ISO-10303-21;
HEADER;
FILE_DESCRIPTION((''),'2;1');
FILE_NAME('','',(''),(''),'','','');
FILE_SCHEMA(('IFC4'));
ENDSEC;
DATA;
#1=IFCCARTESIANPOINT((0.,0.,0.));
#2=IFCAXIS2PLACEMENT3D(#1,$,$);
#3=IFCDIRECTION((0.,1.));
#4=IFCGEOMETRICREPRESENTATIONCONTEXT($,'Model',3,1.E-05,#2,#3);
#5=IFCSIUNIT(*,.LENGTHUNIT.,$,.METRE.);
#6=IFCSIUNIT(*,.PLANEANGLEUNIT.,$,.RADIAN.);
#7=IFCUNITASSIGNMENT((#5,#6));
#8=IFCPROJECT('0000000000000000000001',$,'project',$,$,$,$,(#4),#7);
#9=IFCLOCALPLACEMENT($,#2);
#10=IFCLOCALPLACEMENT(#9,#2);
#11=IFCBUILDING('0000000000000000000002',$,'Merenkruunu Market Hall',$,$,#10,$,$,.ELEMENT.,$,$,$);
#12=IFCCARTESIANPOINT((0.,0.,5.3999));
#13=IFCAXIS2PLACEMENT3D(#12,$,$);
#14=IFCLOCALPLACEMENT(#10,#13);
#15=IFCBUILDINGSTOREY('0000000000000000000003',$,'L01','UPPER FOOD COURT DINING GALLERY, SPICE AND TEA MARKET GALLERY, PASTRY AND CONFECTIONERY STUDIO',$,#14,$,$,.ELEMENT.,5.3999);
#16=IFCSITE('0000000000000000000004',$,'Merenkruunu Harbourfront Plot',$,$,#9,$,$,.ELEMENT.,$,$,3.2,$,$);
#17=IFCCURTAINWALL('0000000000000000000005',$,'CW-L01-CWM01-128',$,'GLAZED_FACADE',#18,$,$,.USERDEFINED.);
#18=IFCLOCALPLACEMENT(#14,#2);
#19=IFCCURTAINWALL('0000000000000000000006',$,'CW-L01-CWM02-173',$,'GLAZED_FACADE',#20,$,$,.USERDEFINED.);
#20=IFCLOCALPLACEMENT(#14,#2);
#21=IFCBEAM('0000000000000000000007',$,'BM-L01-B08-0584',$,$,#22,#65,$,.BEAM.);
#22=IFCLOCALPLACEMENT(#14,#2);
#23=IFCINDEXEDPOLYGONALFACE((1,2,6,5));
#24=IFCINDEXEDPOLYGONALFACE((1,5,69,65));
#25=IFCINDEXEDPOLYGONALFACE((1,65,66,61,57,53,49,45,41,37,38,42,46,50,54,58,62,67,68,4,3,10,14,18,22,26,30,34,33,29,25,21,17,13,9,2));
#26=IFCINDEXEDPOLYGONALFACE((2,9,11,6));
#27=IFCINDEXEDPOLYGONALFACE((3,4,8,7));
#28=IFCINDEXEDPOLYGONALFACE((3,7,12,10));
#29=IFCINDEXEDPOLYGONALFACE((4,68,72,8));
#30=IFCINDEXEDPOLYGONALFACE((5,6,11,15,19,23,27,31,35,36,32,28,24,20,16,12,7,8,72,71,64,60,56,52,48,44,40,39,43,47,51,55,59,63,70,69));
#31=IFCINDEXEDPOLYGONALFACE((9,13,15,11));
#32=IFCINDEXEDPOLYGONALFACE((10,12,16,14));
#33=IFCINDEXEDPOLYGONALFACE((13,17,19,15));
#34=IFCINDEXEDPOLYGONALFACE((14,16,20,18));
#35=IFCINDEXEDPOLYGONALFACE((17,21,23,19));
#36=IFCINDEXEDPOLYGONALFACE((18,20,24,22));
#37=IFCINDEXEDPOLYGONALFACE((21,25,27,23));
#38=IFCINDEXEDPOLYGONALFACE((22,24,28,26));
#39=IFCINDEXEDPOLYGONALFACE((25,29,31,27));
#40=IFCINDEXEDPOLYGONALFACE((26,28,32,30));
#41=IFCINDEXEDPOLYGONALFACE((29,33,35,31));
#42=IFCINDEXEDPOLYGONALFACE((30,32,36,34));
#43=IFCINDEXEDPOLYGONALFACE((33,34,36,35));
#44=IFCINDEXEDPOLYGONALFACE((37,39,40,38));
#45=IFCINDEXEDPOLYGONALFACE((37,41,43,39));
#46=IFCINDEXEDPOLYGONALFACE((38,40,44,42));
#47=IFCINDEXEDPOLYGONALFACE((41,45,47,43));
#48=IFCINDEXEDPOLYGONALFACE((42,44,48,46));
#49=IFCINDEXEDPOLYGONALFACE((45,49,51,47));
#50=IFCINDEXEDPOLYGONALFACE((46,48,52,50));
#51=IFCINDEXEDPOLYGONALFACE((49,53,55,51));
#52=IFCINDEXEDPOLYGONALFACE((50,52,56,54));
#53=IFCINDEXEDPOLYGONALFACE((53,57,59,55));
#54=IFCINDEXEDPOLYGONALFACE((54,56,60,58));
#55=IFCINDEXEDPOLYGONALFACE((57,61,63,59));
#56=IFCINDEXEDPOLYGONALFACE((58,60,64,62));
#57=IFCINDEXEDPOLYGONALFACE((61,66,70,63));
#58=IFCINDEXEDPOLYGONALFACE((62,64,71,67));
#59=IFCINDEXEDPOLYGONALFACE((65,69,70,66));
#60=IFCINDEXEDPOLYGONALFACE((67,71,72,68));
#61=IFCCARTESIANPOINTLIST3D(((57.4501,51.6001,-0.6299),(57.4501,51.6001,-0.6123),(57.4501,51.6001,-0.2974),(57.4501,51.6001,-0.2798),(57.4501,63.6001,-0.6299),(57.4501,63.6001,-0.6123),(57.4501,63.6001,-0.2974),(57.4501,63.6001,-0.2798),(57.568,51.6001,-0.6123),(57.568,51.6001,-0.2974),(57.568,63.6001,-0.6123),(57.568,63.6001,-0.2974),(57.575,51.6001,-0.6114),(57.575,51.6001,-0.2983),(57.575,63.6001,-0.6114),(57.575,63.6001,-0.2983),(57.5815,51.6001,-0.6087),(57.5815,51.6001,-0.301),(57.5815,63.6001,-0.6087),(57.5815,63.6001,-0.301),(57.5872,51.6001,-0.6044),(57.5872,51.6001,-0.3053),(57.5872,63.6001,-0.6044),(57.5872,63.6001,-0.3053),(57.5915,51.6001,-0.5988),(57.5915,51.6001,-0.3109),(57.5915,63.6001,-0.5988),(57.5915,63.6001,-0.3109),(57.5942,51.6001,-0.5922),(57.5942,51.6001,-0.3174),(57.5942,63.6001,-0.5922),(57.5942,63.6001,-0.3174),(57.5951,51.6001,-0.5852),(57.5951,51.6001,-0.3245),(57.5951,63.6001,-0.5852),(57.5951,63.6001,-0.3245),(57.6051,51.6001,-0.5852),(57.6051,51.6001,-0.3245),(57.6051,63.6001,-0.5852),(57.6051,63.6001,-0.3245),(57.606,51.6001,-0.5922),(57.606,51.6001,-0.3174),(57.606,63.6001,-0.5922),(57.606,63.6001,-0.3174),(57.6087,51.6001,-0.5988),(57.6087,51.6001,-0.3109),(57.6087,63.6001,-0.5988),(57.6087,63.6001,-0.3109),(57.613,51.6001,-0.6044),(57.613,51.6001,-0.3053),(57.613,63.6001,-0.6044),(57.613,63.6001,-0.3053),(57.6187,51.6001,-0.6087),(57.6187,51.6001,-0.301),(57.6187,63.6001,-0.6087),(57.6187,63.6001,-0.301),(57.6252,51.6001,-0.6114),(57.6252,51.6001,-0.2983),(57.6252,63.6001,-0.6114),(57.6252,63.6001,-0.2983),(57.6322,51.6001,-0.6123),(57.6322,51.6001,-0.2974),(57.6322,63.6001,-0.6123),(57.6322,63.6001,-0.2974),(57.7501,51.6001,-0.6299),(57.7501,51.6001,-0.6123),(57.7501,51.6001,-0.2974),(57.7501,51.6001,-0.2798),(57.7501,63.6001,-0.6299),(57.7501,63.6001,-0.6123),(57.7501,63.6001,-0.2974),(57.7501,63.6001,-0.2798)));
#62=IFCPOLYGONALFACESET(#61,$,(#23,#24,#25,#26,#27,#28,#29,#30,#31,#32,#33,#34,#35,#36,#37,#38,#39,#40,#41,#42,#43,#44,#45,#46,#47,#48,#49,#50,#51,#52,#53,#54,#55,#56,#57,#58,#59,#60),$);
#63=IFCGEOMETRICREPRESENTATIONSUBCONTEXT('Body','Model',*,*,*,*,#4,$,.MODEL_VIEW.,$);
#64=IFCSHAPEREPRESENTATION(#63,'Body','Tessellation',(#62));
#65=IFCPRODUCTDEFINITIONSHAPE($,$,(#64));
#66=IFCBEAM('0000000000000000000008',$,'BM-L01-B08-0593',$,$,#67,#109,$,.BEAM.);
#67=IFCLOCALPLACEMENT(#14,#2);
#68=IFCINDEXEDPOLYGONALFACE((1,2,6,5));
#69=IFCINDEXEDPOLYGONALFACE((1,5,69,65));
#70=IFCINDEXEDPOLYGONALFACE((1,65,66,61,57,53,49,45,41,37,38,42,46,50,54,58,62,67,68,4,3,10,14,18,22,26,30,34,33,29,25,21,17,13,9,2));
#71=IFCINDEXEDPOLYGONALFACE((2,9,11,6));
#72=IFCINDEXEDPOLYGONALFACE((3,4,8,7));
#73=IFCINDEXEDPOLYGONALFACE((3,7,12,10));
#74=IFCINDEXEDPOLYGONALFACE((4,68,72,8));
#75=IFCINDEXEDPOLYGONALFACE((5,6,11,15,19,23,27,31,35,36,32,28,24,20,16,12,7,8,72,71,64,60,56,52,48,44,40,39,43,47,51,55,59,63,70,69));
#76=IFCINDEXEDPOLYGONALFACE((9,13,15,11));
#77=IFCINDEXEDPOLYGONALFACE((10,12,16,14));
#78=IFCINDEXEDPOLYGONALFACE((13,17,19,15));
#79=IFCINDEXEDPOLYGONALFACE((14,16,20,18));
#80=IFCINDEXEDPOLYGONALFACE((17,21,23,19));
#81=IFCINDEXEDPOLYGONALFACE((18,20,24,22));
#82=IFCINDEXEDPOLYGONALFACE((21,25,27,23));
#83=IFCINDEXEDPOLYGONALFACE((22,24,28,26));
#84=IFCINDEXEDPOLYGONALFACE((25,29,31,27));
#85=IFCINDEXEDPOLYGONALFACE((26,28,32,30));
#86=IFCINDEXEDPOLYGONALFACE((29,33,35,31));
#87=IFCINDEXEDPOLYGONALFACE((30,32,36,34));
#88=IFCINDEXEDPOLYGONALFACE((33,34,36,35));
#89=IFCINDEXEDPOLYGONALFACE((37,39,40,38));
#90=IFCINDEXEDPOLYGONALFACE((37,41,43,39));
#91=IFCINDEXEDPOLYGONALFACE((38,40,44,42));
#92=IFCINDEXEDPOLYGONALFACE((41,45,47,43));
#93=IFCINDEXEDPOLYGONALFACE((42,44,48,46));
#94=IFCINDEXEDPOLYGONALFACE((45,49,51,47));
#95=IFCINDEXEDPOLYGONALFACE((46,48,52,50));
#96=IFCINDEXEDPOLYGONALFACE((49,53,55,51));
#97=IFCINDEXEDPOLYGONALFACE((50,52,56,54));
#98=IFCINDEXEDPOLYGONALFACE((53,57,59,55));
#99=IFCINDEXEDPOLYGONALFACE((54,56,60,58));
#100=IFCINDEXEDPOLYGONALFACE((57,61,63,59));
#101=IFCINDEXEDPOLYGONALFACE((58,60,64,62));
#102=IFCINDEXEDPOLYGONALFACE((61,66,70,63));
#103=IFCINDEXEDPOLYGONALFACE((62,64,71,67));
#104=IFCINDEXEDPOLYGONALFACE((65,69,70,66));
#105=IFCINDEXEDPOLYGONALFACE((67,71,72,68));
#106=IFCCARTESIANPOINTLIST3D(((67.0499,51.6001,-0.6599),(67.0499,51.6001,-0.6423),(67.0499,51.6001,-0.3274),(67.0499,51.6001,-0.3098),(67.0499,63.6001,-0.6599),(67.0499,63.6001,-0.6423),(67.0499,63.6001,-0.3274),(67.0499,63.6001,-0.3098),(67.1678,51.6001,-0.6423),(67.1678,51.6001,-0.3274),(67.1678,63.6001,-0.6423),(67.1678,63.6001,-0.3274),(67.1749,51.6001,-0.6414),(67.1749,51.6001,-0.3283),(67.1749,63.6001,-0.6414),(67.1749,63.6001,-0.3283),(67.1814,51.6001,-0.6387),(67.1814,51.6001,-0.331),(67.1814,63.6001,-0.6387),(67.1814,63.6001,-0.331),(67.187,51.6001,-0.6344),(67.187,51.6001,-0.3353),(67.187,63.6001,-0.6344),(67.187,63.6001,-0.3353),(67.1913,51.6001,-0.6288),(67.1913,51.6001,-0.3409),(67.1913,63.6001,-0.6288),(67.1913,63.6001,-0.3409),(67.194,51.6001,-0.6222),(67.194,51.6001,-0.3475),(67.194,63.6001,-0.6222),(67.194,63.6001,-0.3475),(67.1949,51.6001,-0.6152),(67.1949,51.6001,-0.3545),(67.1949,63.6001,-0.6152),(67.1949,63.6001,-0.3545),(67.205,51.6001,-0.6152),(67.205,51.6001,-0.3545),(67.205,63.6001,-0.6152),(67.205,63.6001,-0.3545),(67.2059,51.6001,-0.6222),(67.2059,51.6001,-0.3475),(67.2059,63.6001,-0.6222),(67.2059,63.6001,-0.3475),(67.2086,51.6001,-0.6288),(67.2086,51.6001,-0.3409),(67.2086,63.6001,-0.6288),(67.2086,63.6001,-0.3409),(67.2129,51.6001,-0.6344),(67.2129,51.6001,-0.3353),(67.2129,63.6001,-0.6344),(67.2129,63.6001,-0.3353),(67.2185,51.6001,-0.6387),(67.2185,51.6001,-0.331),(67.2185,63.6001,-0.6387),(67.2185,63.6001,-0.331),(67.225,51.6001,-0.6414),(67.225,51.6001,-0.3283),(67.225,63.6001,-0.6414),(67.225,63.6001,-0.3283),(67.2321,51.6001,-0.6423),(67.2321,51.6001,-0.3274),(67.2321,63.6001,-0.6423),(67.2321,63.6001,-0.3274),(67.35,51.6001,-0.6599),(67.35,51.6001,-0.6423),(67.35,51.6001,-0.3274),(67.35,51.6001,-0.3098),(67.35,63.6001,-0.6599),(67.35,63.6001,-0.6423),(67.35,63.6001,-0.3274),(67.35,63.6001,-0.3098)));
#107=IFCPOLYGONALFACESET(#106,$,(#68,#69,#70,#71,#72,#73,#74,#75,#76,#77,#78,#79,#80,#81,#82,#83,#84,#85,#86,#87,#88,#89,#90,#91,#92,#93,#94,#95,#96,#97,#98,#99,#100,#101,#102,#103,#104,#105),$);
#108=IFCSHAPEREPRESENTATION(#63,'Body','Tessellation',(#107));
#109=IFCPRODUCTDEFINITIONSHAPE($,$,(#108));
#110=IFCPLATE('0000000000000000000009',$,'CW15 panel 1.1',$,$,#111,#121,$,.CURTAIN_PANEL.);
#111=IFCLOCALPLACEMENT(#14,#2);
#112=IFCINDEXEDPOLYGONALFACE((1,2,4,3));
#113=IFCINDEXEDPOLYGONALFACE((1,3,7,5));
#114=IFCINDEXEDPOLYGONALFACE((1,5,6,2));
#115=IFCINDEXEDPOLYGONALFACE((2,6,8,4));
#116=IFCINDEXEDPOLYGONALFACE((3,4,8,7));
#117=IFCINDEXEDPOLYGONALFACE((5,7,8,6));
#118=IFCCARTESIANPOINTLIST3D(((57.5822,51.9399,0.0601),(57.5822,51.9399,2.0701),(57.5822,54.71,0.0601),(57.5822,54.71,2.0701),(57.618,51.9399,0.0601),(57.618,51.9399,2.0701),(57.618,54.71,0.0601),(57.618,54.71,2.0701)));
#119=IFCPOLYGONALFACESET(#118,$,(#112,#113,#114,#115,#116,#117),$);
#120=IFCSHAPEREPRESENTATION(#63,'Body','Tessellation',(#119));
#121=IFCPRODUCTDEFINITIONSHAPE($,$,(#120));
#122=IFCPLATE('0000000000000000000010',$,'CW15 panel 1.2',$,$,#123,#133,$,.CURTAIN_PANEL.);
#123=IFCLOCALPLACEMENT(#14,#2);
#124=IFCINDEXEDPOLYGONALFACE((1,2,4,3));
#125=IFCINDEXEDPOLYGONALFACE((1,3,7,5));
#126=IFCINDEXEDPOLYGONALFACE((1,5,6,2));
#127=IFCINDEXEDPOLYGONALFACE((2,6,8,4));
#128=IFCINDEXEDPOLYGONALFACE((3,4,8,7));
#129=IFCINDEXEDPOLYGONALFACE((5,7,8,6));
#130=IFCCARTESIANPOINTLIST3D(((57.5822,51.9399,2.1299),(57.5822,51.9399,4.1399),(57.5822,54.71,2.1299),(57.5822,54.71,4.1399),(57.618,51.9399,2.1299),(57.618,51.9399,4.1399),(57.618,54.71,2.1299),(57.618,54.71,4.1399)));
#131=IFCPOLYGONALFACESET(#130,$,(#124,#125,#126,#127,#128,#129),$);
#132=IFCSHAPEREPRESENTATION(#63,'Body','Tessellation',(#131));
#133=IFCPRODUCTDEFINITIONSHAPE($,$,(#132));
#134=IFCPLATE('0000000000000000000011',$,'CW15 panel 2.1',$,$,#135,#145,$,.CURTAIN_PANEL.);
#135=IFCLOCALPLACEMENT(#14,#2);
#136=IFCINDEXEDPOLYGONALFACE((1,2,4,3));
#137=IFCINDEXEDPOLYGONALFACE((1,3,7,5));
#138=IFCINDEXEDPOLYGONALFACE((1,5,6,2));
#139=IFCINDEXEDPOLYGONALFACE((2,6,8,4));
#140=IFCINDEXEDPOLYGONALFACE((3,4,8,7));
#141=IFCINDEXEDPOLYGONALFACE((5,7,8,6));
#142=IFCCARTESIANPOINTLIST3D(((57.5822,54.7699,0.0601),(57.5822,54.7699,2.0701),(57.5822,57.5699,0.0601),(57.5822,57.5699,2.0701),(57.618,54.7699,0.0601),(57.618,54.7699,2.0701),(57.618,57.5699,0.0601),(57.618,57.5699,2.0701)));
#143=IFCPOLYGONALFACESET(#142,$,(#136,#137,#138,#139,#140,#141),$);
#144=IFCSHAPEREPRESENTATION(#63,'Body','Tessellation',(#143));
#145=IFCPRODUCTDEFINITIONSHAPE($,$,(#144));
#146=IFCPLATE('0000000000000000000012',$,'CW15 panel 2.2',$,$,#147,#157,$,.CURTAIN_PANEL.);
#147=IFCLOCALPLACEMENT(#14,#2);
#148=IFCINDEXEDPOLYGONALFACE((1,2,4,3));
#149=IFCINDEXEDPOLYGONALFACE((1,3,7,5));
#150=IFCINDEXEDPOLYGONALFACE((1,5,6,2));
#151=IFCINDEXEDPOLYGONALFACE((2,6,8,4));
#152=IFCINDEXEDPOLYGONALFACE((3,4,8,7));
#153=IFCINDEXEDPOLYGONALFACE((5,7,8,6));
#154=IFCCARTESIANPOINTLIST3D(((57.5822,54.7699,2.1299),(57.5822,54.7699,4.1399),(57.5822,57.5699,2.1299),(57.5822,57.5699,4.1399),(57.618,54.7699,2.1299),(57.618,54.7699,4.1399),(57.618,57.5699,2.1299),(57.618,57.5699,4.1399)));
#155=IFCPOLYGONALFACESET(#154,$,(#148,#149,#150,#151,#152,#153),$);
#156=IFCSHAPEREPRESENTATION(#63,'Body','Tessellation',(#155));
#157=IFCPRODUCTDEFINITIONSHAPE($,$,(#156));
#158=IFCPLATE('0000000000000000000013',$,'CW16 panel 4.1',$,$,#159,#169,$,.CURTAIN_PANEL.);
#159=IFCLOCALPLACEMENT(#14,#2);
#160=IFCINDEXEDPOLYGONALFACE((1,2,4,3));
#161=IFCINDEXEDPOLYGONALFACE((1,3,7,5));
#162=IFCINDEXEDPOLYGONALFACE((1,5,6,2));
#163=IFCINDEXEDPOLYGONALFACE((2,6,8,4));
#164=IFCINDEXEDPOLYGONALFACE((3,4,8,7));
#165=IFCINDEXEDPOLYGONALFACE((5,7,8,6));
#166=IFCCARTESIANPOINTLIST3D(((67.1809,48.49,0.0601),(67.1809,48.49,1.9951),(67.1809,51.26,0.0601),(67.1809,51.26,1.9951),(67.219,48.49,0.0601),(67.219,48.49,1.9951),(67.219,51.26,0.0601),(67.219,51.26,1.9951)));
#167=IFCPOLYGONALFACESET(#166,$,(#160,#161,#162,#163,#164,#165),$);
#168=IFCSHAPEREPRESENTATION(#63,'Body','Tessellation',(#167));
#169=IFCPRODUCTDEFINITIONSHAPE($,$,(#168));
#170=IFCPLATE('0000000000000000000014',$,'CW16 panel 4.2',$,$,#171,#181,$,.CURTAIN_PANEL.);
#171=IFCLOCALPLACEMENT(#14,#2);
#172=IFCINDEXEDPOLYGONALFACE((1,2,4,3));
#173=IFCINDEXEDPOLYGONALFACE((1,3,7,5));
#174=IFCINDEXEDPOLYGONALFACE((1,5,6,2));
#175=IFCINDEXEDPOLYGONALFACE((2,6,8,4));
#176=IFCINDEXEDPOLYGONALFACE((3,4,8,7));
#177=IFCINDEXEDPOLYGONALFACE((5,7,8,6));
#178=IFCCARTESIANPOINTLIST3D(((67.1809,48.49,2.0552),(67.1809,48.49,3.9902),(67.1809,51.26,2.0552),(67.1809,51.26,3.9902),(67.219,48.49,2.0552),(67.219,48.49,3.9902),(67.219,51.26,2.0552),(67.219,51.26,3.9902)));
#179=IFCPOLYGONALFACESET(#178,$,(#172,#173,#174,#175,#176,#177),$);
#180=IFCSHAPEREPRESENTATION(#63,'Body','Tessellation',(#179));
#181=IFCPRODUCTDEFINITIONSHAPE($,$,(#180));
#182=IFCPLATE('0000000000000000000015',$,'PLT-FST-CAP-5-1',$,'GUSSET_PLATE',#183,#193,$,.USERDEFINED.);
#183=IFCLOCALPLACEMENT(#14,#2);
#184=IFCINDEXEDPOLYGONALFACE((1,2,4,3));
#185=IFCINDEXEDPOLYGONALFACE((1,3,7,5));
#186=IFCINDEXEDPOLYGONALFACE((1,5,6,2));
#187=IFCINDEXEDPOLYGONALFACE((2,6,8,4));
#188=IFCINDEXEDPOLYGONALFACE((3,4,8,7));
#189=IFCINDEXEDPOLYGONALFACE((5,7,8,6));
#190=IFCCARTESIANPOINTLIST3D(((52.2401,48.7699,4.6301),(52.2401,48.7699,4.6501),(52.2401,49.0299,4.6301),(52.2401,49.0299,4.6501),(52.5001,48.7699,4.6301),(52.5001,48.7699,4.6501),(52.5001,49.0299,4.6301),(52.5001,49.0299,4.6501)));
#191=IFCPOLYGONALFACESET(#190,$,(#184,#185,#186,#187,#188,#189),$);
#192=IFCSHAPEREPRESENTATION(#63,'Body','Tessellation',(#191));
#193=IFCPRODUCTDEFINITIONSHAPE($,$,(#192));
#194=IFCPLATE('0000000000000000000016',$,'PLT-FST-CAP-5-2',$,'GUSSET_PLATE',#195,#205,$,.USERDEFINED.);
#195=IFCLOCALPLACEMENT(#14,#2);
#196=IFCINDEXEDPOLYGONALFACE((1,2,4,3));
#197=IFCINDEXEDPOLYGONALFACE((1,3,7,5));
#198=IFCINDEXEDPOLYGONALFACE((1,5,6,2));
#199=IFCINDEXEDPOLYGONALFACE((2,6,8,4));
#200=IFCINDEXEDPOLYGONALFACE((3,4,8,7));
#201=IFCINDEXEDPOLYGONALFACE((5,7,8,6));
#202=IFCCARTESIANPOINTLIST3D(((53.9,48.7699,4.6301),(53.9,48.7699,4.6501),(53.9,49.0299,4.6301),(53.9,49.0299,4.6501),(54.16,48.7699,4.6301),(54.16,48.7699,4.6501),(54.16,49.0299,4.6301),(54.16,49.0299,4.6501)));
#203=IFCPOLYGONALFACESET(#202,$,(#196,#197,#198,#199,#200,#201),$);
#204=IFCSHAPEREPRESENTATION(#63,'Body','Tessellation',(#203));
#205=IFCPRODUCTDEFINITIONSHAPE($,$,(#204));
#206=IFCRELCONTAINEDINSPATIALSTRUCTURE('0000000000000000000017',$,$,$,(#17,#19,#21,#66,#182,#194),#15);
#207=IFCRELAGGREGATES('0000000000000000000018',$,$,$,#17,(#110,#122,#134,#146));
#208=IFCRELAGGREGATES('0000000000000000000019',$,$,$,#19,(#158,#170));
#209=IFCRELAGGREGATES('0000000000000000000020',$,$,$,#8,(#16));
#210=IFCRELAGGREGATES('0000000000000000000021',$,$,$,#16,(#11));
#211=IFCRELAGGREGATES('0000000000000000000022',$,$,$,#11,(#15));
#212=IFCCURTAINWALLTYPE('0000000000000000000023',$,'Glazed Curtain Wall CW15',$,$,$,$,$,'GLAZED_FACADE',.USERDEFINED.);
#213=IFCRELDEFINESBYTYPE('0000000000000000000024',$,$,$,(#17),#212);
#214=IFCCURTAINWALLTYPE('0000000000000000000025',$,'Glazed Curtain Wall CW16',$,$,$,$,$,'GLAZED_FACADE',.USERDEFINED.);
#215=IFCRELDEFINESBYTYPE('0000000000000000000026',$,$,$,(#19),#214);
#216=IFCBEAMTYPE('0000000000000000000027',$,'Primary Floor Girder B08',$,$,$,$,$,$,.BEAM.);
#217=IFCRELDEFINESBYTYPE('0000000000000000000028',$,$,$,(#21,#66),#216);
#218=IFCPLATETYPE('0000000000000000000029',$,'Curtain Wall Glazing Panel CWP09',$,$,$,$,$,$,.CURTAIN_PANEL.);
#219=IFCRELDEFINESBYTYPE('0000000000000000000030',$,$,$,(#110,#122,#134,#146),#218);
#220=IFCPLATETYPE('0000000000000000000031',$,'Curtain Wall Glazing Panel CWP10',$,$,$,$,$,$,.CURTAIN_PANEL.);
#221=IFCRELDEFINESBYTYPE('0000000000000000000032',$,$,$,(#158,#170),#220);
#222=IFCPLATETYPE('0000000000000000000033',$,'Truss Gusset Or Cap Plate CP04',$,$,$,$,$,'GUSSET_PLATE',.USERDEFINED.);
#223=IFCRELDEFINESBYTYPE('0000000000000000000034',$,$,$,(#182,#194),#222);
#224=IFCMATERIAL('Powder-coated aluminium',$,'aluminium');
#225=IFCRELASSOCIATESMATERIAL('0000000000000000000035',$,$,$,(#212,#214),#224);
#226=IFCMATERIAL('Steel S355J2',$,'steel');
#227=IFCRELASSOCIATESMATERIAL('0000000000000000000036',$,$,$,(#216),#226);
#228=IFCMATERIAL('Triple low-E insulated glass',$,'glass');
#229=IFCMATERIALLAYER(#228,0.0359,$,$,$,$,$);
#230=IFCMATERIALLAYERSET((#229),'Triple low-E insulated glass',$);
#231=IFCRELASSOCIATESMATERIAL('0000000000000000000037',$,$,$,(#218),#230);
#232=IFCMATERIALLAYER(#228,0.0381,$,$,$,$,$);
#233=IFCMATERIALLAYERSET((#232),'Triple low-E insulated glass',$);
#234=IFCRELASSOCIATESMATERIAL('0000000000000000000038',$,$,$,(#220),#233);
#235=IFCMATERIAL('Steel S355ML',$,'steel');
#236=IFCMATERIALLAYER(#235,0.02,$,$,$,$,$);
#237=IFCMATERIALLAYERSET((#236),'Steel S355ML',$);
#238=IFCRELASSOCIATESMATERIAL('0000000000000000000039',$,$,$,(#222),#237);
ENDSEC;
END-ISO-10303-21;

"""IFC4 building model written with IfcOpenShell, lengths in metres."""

from ifc_helpers import new_model, si_unit, direction, frame, origin, origin_2d, place, context, subcontext, project, spatial, rectangle, i_section, extrude, material, layer, layer_set, material_profile, profile_set, type_object, element, aggregate, save


model = new_model("IFC4")

# Units and contexts
model_context = context("Model", 3, precision=1e-05, world=origin(), true_north=direction((0.0, 1.0)))
body_context = subcontext(model_context, "Body", "Model", "MODEL_VIEW")
ifc_project = project(units=[si_unit("LENGTHUNIT", "METRE"), si_unit("PLANEANGLEUNIT", "RADIAN")], contexts=[model_context])

# Site, building, storey
site_placement = place(None, origin())
site = spatial("IfcSite", under=ifc_project, at=site_placement, Name="Merenkruunu Harbourfront Plot", CompositionType="ELEMENT", RefElevation=3.2)
building_placement = place(site_placement, origin())
building = spatial("IfcBuilding", under=site, at=building_placement, Name="Merenkruunu Market Hall", CompositionType="ELEMENT")
storey_placement = place(building_placement, frame((0.0, 0.0, 5.3999)))
storey = spatial("IfcBuildingStorey", under=building, at=storey_placement, Name="L01", Description="UPPER FOOD COURT DINING GALLERY, SPICE AND TEA MARKET GALLERY, PASTRY AND CONFECTIONERY STUDIO", CompositionType="ELEMENT", Elevation=5.3999)

# Shared definitions
ifc_material_1 = material(Name="Steel S355ML", Category="steel")

# Curtain wall
ifc_material_2 = material(Name="Powder-coated aluminium", Category="aluminium")
curtain_wall_type_1 = type_object("IfcCurtainWallType", Name="Glazed Curtain Wall CW15", ElementType="GLAZED_FACADE", PredefinedType="USERDEFINED", material=ifc_material_2)
curtain_wall_1_placement = place(storey_placement, origin())
curtain_wall_1 = element("IfcCurtainWall", 1, at=curtain_wall_1_placement, inside=storey, type_object=curtain_wall_type_1, Name="CW-L01-CWM01-128", ObjectType="GLAZED_FACADE", PredefinedType="USERDEFINED")

# Curtain wall
curtain_wall_type_2 = type_object("IfcCurtainWallType", Name="Glazed Curtain Wall CW16", ElementType="GLAZED_FACADE", PredefinedType="USERDEFINED", material=ifc_material_2)
curtain_wall_2_placement = place(storey_placement, origin())
curtain_wall_2 = element("IfcCurtainWall", 2, at=curtain_wall_2_placement, inside=storey, type_object=curtain_wall_type_2, Name="CW-L01-CWM02-173", ObjectType="GLAZED_FACADE", PredefinedType="USERDEFINED")

# Beams
ifc_material_3 = material(Name="Steel S355J2", Category="steel")
ifc_material_profile_1 = material_profile(ifc_material_3, i_section(OverallWidth=0.3, OverallDepth=0.3501, WebThickness=0.01, FlangeThickness=0.0176, FilletRadius=0.0271, at=origin_2d()), Name="HEA 360")
ifc_profile_set_1 = profile_set([ifc_material_profile_1], Name="Steel S355J2")
beam_type_1 = type_object("IfcBeamType", Name="Primary Floor Girder B08", PredefinedType="BEAM", material=ifc_profile_set_1)
for number, where, z_axis, x_axis, name in (
    (3, (57.6001, 51.6001, -0.4548), (0.0, 1.0, 0.0), (-1.0, 0.0, 0.0), "BM-L01-B08-0584"),
    (4, (67.2, 51.6001, -0.4849), (0.0, 1.0, 0.0), (-1.0, 0.0, 0.0), "BM-L01-B08-0593"),
):
    element("IfcBeam", number, at=place(storey_placement, frame(where, z_axis=z_axis, x_axis=x_axis)), inside=storey, type_object=beam_type_1, Name=name, PredefinedType="BEAM", context=body_context, shape_type="SweptSolid", body=[
        extrude(i_section(OverallWidth=0.3, OverallDepth=0.3501, WebThickness=0.01, FlangeThickness=0.0176, FilletRadius=0.0271, at=origin_2d()), origin(), (0.0, 0.0, 1.0), 12.0),
    ])

# Plates
ifc_material_4 = material(Name="Triple low-E insulated glass", Category="glass")
ifc_layer_1 = layer(ifc_material_4, 0.0359)
ifc_layer_set_1 = layer_set([ifc_layer_1], Name="Triple low-E insulated glass")
plate_type_1 = type_object("IfcPlateType", Name="Curtain Wall Glazing Panel CWP09", PredefinedType="CURTAIN_PANEL", material=ifc_layer_set_1)
plate_1_placement = place(storey_placement, frame((57.6001, 53.325, 0.0601), z_axis=(0.0, 0.0, 1.0), x_axis=(0.0, 1.0, 0.0)))
plate_1 = element("IfcPlate", 5, at=plate_1_placement, type_object=plate_type_1, Name="CW15 panel 1.1", PredefinedType="CURTAIN_PANEL", context=body_context, shape_type="SweptSolid", body=[
    extrude(rectangle(XDim=2.77, YDim=0.0359, at=origin_2d()), origin(), (0.0, 0.0, 1.0), 2.01),
])
plate_2_placement = place(storey_placement, frame((57.6001, 53.325, 2.1299), z_axis=(0.0, 0.0, 1.0), x_axis=(0.0, 1.0, 0.0)))
plate_2 = element("IfcPlate", 6, at=plate_2_placement, type_object=plate_type_1, Name="CW15 panel 1.2", PredefinedType="CURTAIN_PANEL", context=body_context, shape_type="SweptSolid", body=[
    extrude(rectangle(XDim=2.77, YDim=0.0359, at=origin_2d()), origin(), (0.0, 0.0, 1.0), 2.01),
])
plate_3_placement = place(storey_placement, frame((57.6001, 56.1699, 0.0601), z_axis=(0.0, 0.0, 1.0), x_axis=(0.0, 1.0, 0.0)))
plate_3 = element("IfcPlate", 7, at=plate_3_placement, type_object=plate_type_1, Name="CW15 panel 2.1", PredefinedType="CURTAIN_PANEL", context=body_context, shape_type="SweptSolid", body=[
    extrude(rectangle(XDim=2.8, YDim=0.0359, at=origin_2d()), origin(), (0.0, 0.0, 1.0), 2.01),
])
plate_4_placement = place(storey_placement, frame((57.6001, 56.1699, 2.1299), z_axis=(0.0, 0.0, 1.0), x_axis=(0.0, 1.0, 0.0)))
plate_4 = element("IfcPlate", 8, at=plate_4_placement, type_object=plate_type_1, Name="CW15 panel 2.2", PredefinedType="CURTAIN_PANEL", context=body_context, shape_type="SweptSolid", body=[
    extrude(rectangle(XDim=2.8, YDim=0.0359, at=origin_2d()), origin(), (0.0, 0.0, 1.0), 2.01),
])
aggregate(curtain_wall_1, [plate_1, plate_2, plate_3, plate_4])
ifc_layer_2 = layer(ifc_material_4, 0.0381)
ifc_layer_set_2 = layer_set([ifc_layer_2], Name="Triple low-E insulated glass")
plate_type_2 = type_object("IfcPlateType", Name="Curtain Wall Glazing Panel CWP10", PredefinedType="CURTAIN_PANEL", material=ifc_layer_set_2)
plate_5_placement = place(storey_placement, frame((67.2, 49.875, 0.0601), z_axis=(0.0, 0.0, 1.0), x_axis=(0.0, 1.0, 0.0)))
plate_5 = element("IfcPlate", 9, at=plate_5_placement, type_object=plate_type_2, Name="CW16 panel 4.1", PredefinedType="CURTAIN_PANEL", context=body_context, shape_type="SweptSolid", body=[
    extrude(rectangle(XDim=2.77, YDim=0.0381, at=origin_2d()), origin(), (0.0, 0.0, 1.0), 1.9351),
])
plate_6_placement = place(storey_placement, frame((67.2, 49.875, 2.0552), z_axis=(0.0, 0.0, 1.0), x_axis=(0.0, 1.0, 0.0)))
plate_6 = element("IfcPlate", 10, at=plate_6_placement, type_object=plate_type_2, Name="CW16 panel 4.2", PredefinedType="CURTAIN_PANEL", context=body_context, shape_type="SweptSolid", body=[
    extrude(rectangle(XDim=2.77, YDim=0.0381, at=origin_2d()), origin(), (0.0, 0.0, 1.0), 1.9351),
])
aggregate(curtain_wall_2, [plate_5, plate_6])

# Plates
ifc_layer_3 = layer(ifc_material_1, 0.02)
ifc_layer_set_3 = layer_set([ifc_layer_3], Name="Steel S355ML")
plate_type_3 = type_object("IfcPlateType", Name="Truss Gusset Or Cap Plate CP04", ElementType="GUSSET_PLATE", PredefinedType="USERDEFINED", material=ifc_layer_set_3)
for number, where, z_axis, x_axis, name in (
    (11, (52.3701, 48.8999, 4.6301), (0.0, 0.0, 1.0), (1.0, 0.0, 0.0), "PLT-FST-CAP-5-1"),
    (12, (54.03, 48.8999, 4.6301), (0.0, 0.0, 1.0), (1.0, 0.0, 0.0), "PLT-FST-CAP-5-2"),
):
    element("IfcPlate", number, at=place(storey_placement, frame(where, z_axis=z_axis, x_axis=x_axis)), inside=storey, type_object=plate_type_3, Name=name, ObjectType="GUSSET_PLATE", PredefinedType="USERDEFINED", context=body_context, shape_type="SweptSolid", body=[
        extrude(rectangle(XDim=0.26, YDim=0.26, at=origin_2d()), origin(), (0.0, 0.0, 1.0), 0.02),
    ])

save(model, "model.ifc")
